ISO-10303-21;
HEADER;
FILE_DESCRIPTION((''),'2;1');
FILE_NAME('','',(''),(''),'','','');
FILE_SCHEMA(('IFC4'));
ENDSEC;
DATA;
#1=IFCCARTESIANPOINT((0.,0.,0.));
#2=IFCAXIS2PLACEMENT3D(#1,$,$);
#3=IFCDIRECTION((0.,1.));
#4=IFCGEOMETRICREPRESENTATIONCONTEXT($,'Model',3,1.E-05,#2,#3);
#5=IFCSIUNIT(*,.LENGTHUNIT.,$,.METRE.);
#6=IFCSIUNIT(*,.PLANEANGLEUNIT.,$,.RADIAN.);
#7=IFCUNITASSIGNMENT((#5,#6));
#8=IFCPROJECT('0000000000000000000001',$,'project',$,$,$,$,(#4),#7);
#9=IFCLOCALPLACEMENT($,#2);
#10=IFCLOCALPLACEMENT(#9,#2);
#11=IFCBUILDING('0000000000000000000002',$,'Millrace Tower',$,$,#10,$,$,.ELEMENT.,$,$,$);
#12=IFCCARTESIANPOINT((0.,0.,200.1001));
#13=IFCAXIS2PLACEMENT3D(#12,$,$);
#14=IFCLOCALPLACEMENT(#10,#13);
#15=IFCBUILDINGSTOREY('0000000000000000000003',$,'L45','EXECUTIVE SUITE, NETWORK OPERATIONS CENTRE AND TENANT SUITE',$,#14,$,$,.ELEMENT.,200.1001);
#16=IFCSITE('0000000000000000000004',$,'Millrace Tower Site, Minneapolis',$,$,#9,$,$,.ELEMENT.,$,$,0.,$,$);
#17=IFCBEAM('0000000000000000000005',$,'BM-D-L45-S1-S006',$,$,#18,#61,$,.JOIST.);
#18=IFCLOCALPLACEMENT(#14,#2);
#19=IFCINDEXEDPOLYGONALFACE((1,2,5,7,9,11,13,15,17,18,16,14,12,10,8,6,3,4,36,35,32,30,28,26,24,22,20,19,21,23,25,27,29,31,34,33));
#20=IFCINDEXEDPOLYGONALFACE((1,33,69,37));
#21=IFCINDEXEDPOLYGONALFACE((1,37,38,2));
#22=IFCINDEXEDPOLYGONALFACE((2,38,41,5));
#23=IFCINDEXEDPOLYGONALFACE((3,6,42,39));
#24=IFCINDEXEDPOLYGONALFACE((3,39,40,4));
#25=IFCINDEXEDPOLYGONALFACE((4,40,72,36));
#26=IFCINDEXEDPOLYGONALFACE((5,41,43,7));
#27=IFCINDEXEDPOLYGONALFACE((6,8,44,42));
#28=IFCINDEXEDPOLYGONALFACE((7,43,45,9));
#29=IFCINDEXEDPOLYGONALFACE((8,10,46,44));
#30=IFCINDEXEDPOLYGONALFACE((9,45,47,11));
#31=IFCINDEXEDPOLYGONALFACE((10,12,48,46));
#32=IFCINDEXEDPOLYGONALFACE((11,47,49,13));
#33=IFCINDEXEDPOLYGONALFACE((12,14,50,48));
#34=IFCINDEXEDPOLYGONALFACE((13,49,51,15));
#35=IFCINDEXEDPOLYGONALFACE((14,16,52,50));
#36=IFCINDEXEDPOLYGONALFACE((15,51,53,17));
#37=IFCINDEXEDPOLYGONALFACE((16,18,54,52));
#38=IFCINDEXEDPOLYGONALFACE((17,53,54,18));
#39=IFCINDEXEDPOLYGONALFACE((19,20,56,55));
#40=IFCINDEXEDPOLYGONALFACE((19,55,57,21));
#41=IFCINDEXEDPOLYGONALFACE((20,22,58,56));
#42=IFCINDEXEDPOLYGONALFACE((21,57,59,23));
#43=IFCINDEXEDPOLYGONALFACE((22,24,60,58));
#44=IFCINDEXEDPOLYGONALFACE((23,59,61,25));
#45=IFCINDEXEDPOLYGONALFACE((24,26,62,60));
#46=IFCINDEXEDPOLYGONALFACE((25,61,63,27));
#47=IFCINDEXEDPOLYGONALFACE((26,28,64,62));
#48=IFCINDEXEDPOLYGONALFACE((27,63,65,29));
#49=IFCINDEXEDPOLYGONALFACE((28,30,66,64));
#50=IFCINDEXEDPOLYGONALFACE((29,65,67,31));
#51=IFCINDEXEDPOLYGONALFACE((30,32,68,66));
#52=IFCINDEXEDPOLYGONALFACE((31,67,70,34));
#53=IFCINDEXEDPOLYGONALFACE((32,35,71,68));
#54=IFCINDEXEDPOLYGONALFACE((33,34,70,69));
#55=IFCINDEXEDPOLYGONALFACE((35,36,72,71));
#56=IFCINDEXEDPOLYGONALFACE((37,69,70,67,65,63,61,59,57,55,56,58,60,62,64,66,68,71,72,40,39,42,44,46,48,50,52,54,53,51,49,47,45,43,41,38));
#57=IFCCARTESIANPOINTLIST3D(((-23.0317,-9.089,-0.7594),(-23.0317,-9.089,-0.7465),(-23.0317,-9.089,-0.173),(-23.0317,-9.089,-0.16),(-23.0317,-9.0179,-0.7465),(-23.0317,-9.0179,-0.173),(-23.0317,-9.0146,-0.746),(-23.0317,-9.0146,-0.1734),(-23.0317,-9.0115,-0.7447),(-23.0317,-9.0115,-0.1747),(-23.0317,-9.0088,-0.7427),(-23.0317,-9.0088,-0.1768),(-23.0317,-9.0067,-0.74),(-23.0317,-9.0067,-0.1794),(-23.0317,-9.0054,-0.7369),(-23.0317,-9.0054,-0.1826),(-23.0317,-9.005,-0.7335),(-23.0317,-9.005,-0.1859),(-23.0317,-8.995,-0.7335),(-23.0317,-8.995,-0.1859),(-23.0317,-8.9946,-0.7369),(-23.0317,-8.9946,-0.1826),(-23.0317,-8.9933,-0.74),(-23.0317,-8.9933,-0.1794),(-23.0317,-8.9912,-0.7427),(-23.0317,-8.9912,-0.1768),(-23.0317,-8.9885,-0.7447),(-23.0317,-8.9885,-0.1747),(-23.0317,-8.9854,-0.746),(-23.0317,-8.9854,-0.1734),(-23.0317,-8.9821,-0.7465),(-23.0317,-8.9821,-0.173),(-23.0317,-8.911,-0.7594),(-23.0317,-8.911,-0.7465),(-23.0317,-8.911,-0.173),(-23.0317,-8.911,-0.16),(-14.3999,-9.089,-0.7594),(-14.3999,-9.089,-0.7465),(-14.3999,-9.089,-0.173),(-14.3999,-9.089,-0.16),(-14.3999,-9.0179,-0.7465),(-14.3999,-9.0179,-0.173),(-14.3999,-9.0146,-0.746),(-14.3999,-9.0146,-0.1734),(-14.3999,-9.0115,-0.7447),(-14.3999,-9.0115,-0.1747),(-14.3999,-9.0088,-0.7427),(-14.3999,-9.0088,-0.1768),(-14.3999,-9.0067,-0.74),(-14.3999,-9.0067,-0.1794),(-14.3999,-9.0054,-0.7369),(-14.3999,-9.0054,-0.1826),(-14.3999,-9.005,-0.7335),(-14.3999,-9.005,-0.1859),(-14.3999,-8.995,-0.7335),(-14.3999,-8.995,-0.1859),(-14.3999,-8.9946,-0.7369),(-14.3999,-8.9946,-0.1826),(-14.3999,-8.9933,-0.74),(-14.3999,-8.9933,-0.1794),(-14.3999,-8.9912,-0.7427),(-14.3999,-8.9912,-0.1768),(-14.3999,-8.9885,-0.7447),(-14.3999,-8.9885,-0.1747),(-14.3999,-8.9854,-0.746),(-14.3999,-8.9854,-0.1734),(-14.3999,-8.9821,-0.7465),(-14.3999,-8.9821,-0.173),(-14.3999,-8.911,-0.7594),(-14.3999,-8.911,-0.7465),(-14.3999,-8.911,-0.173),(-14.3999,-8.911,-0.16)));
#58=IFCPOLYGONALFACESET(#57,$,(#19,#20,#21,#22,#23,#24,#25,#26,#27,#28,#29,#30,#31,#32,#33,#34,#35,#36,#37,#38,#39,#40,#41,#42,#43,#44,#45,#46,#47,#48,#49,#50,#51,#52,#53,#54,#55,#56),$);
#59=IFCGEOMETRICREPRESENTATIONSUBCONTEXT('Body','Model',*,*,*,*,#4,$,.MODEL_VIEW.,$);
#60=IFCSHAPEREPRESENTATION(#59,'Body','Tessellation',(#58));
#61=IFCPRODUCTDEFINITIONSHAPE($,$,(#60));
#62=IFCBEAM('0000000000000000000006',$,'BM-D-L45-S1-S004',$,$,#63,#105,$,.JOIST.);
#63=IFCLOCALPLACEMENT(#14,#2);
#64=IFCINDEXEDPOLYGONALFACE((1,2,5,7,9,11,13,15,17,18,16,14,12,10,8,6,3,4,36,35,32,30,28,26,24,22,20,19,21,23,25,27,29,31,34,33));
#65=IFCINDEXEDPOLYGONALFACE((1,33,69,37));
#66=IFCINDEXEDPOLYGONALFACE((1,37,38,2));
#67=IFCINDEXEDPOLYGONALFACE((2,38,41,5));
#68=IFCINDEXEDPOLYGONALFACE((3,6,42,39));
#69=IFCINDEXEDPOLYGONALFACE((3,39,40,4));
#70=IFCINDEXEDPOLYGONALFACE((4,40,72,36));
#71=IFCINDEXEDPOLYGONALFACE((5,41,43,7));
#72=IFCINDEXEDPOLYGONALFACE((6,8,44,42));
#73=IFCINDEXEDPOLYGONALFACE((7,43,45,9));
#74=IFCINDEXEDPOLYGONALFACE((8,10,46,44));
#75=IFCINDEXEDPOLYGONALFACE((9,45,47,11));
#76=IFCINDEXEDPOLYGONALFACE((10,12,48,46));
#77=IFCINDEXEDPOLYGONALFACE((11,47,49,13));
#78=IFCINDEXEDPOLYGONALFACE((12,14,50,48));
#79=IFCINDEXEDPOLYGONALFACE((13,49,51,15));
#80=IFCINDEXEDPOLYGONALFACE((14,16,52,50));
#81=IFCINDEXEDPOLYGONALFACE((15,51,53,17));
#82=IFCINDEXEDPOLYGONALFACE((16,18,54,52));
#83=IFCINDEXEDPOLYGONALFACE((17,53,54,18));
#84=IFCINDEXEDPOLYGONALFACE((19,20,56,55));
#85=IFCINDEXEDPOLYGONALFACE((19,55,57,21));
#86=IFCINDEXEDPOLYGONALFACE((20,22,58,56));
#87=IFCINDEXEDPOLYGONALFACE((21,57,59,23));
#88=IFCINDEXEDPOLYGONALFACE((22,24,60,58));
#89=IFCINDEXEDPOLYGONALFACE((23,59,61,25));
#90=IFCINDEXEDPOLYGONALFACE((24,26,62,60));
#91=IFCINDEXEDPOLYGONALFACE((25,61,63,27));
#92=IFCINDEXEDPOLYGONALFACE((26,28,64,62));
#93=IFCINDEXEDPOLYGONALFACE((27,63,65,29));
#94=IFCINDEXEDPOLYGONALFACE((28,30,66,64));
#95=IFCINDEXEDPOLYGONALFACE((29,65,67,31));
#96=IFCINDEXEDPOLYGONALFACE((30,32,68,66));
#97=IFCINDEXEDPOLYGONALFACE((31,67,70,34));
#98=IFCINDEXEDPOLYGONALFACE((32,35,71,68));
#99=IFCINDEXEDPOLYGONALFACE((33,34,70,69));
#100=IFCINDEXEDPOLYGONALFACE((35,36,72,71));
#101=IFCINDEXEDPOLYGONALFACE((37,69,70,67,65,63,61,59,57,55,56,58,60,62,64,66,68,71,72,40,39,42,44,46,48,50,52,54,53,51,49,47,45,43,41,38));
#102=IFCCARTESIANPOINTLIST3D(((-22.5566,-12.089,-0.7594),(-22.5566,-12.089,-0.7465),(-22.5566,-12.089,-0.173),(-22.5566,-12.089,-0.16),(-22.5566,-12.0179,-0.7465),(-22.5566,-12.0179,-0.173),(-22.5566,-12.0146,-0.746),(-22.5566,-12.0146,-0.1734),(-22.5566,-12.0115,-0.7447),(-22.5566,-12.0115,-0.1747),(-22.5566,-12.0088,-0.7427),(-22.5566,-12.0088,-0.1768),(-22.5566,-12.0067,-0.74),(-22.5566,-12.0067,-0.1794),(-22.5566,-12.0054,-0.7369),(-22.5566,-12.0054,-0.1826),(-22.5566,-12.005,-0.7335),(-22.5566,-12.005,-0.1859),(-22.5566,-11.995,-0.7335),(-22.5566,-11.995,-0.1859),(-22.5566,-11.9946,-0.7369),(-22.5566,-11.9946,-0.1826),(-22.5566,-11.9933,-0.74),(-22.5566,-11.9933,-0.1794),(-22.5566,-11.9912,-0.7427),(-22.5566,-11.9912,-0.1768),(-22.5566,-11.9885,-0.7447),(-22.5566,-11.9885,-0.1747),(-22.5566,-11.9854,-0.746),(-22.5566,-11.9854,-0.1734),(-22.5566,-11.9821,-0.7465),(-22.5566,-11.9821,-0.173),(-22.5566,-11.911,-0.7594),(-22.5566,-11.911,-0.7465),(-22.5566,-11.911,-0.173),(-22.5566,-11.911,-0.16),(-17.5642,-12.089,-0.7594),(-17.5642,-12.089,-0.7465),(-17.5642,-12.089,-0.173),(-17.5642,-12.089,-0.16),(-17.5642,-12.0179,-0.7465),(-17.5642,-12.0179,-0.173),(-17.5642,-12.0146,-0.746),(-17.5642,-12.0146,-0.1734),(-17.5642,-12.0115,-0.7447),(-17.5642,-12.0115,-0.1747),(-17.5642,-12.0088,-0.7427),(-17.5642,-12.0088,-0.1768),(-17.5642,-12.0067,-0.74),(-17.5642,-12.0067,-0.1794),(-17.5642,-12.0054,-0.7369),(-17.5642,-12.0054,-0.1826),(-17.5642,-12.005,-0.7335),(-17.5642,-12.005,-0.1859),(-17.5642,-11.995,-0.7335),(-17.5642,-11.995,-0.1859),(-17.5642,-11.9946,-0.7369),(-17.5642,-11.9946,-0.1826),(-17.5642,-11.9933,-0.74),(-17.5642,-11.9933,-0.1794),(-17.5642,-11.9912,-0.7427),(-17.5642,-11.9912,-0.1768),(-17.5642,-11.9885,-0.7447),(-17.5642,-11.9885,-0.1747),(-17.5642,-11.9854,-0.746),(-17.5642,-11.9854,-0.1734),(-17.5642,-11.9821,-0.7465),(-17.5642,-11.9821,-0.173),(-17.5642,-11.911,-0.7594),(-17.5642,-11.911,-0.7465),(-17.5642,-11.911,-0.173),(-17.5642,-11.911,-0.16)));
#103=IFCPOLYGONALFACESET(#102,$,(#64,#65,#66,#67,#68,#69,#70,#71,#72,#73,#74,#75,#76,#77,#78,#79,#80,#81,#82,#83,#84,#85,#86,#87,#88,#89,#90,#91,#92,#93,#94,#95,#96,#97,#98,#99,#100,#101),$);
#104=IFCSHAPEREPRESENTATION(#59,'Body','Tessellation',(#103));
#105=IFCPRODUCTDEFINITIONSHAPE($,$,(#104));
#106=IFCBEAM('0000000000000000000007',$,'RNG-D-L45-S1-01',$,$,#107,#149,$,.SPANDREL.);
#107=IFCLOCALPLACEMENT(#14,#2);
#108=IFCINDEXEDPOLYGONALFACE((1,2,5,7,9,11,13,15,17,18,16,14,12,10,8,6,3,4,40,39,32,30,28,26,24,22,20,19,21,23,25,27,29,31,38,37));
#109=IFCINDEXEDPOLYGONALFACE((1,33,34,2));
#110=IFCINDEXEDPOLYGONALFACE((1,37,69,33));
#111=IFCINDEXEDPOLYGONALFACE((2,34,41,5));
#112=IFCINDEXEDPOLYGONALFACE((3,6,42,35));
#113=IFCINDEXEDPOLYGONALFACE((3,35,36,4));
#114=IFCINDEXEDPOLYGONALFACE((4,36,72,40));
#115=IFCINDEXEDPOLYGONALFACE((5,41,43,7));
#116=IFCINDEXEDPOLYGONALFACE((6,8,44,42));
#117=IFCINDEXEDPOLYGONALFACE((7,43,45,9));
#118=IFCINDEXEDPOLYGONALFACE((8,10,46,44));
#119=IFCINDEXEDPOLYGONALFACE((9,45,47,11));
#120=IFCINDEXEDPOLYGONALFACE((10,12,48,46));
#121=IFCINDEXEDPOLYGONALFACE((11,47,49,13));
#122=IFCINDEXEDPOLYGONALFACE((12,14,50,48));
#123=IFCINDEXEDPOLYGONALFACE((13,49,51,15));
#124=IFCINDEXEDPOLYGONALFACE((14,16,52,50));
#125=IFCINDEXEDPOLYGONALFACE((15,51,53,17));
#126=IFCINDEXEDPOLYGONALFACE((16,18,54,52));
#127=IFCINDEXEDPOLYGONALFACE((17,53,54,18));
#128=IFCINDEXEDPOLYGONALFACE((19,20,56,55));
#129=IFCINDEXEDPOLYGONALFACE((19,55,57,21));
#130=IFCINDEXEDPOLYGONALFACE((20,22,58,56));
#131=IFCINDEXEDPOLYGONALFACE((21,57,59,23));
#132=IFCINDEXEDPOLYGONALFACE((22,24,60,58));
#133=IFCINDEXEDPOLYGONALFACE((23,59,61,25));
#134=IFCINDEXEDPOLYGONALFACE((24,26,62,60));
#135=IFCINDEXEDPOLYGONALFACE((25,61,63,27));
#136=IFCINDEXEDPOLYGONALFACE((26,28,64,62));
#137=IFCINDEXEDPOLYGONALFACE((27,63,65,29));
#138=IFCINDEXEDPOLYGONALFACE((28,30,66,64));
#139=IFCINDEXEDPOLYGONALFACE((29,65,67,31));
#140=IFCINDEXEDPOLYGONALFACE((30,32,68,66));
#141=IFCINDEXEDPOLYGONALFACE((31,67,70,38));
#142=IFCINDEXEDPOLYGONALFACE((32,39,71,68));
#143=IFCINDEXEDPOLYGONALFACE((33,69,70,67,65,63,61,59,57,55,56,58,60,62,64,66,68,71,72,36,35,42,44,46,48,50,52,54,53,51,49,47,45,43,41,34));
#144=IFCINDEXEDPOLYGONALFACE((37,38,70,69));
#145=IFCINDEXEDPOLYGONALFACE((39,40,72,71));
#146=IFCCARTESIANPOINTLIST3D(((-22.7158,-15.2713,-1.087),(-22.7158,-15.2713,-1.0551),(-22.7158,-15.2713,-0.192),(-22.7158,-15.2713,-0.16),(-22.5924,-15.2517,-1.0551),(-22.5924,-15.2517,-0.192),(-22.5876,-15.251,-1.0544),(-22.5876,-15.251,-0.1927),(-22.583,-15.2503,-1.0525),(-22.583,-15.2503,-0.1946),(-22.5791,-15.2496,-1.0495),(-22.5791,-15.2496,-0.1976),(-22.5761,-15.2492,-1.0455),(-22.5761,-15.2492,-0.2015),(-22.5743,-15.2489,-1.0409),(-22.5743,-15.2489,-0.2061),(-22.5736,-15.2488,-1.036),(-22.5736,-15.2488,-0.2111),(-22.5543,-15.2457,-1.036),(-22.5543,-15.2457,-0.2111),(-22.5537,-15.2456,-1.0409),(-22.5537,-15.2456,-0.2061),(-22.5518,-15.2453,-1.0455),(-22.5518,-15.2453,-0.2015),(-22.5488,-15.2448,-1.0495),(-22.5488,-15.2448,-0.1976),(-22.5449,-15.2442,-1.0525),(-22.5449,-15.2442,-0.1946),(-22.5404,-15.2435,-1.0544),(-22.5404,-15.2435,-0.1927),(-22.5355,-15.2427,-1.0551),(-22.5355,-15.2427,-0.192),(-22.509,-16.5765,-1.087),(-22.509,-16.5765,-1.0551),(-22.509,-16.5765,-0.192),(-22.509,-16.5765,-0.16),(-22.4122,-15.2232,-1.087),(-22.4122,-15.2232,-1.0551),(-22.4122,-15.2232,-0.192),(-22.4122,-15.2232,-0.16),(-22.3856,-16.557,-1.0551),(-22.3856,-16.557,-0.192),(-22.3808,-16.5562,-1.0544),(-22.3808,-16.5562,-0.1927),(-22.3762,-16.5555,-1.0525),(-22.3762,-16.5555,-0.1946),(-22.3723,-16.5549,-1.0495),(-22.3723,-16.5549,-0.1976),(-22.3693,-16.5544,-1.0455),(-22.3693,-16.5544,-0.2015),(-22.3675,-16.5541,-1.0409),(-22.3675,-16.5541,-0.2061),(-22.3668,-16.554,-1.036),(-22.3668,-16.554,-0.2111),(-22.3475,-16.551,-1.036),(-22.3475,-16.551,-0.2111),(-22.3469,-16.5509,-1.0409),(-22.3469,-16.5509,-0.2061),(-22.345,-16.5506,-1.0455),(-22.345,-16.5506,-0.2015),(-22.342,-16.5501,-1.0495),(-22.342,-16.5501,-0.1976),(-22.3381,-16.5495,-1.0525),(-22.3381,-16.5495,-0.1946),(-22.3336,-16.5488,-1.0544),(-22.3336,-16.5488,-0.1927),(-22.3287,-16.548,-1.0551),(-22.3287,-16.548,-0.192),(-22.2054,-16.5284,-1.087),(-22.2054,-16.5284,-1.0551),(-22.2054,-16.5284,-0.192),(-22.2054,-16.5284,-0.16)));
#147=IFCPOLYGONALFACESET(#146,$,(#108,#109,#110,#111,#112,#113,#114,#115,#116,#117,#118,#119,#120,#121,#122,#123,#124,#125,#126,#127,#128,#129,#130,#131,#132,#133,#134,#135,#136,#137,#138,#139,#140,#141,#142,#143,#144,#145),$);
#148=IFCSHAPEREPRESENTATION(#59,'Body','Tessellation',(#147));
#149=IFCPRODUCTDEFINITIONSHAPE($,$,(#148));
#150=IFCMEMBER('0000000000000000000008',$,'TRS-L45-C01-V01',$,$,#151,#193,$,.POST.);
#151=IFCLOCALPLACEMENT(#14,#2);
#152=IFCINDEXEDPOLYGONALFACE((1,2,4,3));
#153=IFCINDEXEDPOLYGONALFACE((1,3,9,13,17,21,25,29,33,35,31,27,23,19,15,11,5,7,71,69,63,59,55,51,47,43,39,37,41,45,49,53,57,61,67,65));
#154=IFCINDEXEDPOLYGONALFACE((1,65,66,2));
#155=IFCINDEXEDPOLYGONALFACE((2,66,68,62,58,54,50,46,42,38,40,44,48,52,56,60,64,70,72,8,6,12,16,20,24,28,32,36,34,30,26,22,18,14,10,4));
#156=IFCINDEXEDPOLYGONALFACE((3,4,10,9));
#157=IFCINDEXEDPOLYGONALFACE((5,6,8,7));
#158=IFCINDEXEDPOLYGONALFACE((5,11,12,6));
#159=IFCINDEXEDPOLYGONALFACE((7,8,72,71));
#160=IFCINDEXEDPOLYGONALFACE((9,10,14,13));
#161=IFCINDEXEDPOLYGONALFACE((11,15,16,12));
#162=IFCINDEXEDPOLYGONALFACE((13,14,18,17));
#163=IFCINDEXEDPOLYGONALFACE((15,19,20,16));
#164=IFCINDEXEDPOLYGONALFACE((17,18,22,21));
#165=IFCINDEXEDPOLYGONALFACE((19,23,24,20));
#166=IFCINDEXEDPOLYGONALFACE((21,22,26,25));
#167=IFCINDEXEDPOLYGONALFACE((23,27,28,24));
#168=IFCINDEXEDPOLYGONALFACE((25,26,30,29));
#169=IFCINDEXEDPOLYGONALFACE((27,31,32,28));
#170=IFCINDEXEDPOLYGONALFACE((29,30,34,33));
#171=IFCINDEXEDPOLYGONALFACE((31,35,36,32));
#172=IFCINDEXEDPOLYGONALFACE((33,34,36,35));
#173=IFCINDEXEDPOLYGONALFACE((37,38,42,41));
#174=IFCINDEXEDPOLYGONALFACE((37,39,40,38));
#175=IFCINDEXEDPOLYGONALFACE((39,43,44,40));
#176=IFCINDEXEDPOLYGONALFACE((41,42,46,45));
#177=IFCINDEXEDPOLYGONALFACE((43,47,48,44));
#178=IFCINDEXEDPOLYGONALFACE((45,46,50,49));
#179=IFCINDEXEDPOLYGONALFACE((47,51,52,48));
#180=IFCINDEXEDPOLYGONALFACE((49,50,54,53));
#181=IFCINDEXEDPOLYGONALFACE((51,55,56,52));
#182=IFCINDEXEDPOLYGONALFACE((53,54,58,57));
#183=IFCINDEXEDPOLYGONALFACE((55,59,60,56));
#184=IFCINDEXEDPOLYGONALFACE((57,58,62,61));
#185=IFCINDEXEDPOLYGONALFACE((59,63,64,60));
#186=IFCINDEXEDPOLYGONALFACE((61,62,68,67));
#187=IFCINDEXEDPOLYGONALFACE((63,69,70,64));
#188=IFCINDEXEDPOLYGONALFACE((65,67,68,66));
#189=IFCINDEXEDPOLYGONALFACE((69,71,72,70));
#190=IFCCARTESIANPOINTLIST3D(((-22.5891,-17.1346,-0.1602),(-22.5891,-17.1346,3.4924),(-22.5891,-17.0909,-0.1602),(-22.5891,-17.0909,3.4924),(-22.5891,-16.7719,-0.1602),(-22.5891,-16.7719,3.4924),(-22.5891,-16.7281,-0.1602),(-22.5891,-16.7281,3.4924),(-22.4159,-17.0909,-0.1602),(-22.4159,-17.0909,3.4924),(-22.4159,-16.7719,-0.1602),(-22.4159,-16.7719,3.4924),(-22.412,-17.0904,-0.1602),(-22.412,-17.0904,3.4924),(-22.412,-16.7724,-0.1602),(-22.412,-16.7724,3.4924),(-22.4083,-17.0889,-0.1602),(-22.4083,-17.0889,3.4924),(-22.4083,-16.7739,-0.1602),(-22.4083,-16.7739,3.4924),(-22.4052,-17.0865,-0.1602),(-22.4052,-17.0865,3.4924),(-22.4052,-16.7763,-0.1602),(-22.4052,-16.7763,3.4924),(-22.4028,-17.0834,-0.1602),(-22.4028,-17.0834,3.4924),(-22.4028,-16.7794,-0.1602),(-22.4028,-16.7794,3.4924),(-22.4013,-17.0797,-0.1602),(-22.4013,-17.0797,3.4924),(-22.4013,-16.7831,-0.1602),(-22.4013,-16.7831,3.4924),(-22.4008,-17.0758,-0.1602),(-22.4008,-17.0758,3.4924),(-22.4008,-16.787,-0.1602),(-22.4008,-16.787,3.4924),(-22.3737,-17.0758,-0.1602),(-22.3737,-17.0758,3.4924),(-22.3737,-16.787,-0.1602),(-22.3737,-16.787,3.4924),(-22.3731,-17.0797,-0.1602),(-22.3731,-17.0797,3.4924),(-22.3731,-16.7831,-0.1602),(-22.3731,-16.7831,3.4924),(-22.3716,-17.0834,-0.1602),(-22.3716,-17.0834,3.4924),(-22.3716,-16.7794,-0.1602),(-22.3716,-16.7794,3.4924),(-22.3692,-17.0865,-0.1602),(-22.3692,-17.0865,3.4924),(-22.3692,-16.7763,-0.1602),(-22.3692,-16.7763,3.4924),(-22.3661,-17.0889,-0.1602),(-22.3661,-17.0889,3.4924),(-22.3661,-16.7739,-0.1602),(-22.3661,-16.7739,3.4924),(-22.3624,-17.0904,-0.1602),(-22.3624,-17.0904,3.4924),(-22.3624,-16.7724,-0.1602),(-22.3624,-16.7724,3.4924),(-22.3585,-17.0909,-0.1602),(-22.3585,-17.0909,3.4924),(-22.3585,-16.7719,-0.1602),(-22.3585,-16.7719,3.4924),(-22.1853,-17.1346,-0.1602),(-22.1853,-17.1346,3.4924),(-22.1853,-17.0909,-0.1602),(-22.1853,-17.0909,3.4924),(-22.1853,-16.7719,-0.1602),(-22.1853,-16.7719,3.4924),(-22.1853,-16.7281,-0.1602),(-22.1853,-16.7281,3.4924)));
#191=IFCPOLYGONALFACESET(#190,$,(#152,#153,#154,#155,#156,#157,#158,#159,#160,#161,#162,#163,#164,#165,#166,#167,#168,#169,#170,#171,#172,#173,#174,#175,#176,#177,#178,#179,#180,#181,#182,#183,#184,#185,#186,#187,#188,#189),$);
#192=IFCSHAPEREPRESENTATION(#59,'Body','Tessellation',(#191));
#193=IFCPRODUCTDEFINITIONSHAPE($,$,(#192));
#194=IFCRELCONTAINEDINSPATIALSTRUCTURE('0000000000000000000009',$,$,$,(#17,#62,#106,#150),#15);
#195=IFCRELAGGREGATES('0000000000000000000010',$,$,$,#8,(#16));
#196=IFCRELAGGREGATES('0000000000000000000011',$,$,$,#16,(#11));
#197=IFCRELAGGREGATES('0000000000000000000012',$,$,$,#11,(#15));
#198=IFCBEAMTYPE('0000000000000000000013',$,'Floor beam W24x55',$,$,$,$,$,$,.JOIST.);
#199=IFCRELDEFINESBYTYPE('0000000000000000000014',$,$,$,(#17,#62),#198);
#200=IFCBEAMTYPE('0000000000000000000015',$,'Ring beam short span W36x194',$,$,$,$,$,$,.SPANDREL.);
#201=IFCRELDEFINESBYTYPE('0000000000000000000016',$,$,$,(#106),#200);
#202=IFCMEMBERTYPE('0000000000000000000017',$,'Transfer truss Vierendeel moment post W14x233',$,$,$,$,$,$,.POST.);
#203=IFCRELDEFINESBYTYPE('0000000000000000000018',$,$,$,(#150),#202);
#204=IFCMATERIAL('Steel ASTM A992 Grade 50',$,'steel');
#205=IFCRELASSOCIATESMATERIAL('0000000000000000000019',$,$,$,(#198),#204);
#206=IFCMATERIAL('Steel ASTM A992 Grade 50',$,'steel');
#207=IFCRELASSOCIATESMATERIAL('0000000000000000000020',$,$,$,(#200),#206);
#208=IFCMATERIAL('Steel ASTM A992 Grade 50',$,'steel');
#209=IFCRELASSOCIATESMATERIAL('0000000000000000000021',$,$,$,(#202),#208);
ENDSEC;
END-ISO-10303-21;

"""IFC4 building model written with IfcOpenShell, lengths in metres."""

from ifc_helpers import new_model, si_unit, direction, frame, origin, origin_2d, place, context, subcontext, project, spatial, i_section, extrude, material, material_profile, profile_set, type_object, element, save


model = new_model("IFC4")

# Units and contexts
model_context = context("Model", 3, precision=1e-05, world=origin(), true_north=direction((0.0, 1.0)))
body_context = subcontext(model_context, "Body", "Model", "MODEL_VIEW")
ifc_project = project(units=[si_unit("LENGTHUNIT", "METRE"), si_unit("PLANEANGLEUNIT", "RADIAN")], contexts=[model_context])

# Site, building, storey
site_placement = place(None, origin())
site = spatial("IfcSite", under=ifc_project, at=site_placement, Name="Millrace Tower Site, Minneapolis", CompositionType="ELEMENT", RefElevation=0.0)
building_placement = place(site_placement, origin())
building = spatial("IfcBuilding", under=site, at=building_placement, Name="Millrace Tower", CompositionType="ELEMENT")
storey_placement = place(building_placement, frame((0.0, 0.0, 200.1001)))
storey = spatial("IfcBuildingStorey", under=building, at=storey_placement, Name="L45", Description="EXECUTIVE SUITE, NETWORK OPERATIONS CENTRE AND TENANT SUITE", CompositionType="ELEMENT", Elevation=200.1001)

# Beams
ifc_material_1 = material(Name="Steel ASTM A992 Grade 50", Category="steel")
ifc_material_profile_1 = material_profile(ifc_material_1, i_section(OverallWidth=0.178, OverallDepth=0.5994, WebThickness=0.01, FlangeThickness=0.0129, FilletRadius=0.0129, at=origin_2d()))
ifc_profile_set_1 = profile_set([ifc_material_profile_1], Name="Steel ASTM A992 Grade 50")
beam_type_1 = type_object("IfcBeamType", Name="Floor beam W24x55", PredefinedType="JOIST", material=ifc_profile_set_1)
beam_1_placement = place(storey_placement, frame((-23.0317, -9.0, -0.4597), z_axis=(1.0, 0.0, 0.0), x_axis=(0.0, 1.0, 0.0)))
element("IfcBeam", 1, at=beam_1_placement, inside=storey, type_object=beam_type_1, Name="BM-D-L45-S1-S006", PredefinedType="JOIST", context=body_context, shape_type="SweptSolid", body=[
    extrude(i_section(OverallWidth=0.178, OverallDepth=0.5994, WebThickness=0.01, FlangeThickness=0.0129, FilletRadius=0.0129, at=origin_2d()), origin(), (0.0, 0.0, 1.0), 8.6318),
])
beam_2_placement = place(storey_placement, frame((-22.5566, -12.0, -0.4597), z_axis=(1.0, 0.0, 0.0), x_axis=(0.0, 1.0, 0.0)))
element("IfcBeam", 2, at=beam_2_placement, inside=storey, type_object=beam_type_1, Name="BM-D-L45-S1-S004", PredefinedType="JOIST", context=body_context, shape_type="SweptSolid", body=[
    extrude(i_section(OverallWidth=0.178, OverallDepth=0.5994, WebThickness=0.01, FlangeThickness=0.0129, FilletRadius=0.0129, at=origin_2d()), origin(), (0.0, 0.0, 1.0), 4.9924),
])
ifc_material_2 = material(Name="Steel ASTM A992 Grade 50", Category="steel")
ifc_material_profile_2 = material_profile(ifc_material_2, i_section(OverallWidth=0.3074, OverallDepth=0.927, WebThickness=0.0195, FlangeThickness=0.032, FilletRadius=0.019, at=origin_2d()))
ifc_profile_set_2 = profile_set([ifc_material_profile_2], Name="Steel ASTM A992 Grade 50")
beam_type_2 = type_object("IfcBeamType", Name="Ring beam short span W36x194", PredefinedType="SPANDREL", material=ifc_profile_set_2)
beam_3_placement = place(storey_placement, frame((-22.3572, -16.5525, -0.6235), z_axis=(-0.156484, 0.98768, 0.0), x_axis=(-0.98768, -0.156484, 0.0)))
element("IfcBeam", 3, at=beam_3_placement, inside=storey, type_object=beam_type_2, Name="RNG-D-L45-S1-01", PredefinedType="SPANDREL", context=body_context, shape_type="SweptSolid", body=[
    extrude(i_section(OverallWidth=0.3074, OverallDepth=0.927, WebThickness=0.0195, FlangeThickness=0.032, FilletRadius=0.019, at=origin_2d()), origin(), (0.0, 0.0, 1.0), 1.3215),
])

# Member
ifc_material_3 = material(Name="Steel ASTM A992 Grade 50", Category="steel")
ifc_material_profile_3 = material_profile(ifc_material_3, i_section(OverallWidth=0.4038, OverallDepth=0.4065, WebThickness=0.0271, FlangeThickness=0.0437, FilletRadius=0.0151, at=origin_2d()))
ifc_profile_set_3 = profile_set([ifc_material_profile_3], Name="Steel ASTM A992 Grade 50")
member_type_1 = type_object("IfcMemberType", Name="Transfer truss Vierendeel moment post W14x233", PredefinedType="POST", material=ifc_profile_set_3)
member_1_placement = place(storey_placement, frame((-22.3872, -16.9314, -0.1602), z_axis=(0.0, 0.0, 1.0), x_axis=(1.0, 0.0, 0.0)))
element("IfcMember", 4, at=member_1_placement, inside=storey, type_object=member_type_1, Name="TRS-L45-C01-V01", PredefinedType="POST", context=body_context, shape_type="SweptSolid", body=[
    extrude(i_section(OverallWidth=0.4038, OverallDepth=0.4065, WebThickness=0.0271, FlangeThickness=0.0437, FilletRadius=0.0151, at=origin_2d()), origin(), (0.0, 0.0, 1.0), 3.6526),
])

save(model, "model.ifc")
